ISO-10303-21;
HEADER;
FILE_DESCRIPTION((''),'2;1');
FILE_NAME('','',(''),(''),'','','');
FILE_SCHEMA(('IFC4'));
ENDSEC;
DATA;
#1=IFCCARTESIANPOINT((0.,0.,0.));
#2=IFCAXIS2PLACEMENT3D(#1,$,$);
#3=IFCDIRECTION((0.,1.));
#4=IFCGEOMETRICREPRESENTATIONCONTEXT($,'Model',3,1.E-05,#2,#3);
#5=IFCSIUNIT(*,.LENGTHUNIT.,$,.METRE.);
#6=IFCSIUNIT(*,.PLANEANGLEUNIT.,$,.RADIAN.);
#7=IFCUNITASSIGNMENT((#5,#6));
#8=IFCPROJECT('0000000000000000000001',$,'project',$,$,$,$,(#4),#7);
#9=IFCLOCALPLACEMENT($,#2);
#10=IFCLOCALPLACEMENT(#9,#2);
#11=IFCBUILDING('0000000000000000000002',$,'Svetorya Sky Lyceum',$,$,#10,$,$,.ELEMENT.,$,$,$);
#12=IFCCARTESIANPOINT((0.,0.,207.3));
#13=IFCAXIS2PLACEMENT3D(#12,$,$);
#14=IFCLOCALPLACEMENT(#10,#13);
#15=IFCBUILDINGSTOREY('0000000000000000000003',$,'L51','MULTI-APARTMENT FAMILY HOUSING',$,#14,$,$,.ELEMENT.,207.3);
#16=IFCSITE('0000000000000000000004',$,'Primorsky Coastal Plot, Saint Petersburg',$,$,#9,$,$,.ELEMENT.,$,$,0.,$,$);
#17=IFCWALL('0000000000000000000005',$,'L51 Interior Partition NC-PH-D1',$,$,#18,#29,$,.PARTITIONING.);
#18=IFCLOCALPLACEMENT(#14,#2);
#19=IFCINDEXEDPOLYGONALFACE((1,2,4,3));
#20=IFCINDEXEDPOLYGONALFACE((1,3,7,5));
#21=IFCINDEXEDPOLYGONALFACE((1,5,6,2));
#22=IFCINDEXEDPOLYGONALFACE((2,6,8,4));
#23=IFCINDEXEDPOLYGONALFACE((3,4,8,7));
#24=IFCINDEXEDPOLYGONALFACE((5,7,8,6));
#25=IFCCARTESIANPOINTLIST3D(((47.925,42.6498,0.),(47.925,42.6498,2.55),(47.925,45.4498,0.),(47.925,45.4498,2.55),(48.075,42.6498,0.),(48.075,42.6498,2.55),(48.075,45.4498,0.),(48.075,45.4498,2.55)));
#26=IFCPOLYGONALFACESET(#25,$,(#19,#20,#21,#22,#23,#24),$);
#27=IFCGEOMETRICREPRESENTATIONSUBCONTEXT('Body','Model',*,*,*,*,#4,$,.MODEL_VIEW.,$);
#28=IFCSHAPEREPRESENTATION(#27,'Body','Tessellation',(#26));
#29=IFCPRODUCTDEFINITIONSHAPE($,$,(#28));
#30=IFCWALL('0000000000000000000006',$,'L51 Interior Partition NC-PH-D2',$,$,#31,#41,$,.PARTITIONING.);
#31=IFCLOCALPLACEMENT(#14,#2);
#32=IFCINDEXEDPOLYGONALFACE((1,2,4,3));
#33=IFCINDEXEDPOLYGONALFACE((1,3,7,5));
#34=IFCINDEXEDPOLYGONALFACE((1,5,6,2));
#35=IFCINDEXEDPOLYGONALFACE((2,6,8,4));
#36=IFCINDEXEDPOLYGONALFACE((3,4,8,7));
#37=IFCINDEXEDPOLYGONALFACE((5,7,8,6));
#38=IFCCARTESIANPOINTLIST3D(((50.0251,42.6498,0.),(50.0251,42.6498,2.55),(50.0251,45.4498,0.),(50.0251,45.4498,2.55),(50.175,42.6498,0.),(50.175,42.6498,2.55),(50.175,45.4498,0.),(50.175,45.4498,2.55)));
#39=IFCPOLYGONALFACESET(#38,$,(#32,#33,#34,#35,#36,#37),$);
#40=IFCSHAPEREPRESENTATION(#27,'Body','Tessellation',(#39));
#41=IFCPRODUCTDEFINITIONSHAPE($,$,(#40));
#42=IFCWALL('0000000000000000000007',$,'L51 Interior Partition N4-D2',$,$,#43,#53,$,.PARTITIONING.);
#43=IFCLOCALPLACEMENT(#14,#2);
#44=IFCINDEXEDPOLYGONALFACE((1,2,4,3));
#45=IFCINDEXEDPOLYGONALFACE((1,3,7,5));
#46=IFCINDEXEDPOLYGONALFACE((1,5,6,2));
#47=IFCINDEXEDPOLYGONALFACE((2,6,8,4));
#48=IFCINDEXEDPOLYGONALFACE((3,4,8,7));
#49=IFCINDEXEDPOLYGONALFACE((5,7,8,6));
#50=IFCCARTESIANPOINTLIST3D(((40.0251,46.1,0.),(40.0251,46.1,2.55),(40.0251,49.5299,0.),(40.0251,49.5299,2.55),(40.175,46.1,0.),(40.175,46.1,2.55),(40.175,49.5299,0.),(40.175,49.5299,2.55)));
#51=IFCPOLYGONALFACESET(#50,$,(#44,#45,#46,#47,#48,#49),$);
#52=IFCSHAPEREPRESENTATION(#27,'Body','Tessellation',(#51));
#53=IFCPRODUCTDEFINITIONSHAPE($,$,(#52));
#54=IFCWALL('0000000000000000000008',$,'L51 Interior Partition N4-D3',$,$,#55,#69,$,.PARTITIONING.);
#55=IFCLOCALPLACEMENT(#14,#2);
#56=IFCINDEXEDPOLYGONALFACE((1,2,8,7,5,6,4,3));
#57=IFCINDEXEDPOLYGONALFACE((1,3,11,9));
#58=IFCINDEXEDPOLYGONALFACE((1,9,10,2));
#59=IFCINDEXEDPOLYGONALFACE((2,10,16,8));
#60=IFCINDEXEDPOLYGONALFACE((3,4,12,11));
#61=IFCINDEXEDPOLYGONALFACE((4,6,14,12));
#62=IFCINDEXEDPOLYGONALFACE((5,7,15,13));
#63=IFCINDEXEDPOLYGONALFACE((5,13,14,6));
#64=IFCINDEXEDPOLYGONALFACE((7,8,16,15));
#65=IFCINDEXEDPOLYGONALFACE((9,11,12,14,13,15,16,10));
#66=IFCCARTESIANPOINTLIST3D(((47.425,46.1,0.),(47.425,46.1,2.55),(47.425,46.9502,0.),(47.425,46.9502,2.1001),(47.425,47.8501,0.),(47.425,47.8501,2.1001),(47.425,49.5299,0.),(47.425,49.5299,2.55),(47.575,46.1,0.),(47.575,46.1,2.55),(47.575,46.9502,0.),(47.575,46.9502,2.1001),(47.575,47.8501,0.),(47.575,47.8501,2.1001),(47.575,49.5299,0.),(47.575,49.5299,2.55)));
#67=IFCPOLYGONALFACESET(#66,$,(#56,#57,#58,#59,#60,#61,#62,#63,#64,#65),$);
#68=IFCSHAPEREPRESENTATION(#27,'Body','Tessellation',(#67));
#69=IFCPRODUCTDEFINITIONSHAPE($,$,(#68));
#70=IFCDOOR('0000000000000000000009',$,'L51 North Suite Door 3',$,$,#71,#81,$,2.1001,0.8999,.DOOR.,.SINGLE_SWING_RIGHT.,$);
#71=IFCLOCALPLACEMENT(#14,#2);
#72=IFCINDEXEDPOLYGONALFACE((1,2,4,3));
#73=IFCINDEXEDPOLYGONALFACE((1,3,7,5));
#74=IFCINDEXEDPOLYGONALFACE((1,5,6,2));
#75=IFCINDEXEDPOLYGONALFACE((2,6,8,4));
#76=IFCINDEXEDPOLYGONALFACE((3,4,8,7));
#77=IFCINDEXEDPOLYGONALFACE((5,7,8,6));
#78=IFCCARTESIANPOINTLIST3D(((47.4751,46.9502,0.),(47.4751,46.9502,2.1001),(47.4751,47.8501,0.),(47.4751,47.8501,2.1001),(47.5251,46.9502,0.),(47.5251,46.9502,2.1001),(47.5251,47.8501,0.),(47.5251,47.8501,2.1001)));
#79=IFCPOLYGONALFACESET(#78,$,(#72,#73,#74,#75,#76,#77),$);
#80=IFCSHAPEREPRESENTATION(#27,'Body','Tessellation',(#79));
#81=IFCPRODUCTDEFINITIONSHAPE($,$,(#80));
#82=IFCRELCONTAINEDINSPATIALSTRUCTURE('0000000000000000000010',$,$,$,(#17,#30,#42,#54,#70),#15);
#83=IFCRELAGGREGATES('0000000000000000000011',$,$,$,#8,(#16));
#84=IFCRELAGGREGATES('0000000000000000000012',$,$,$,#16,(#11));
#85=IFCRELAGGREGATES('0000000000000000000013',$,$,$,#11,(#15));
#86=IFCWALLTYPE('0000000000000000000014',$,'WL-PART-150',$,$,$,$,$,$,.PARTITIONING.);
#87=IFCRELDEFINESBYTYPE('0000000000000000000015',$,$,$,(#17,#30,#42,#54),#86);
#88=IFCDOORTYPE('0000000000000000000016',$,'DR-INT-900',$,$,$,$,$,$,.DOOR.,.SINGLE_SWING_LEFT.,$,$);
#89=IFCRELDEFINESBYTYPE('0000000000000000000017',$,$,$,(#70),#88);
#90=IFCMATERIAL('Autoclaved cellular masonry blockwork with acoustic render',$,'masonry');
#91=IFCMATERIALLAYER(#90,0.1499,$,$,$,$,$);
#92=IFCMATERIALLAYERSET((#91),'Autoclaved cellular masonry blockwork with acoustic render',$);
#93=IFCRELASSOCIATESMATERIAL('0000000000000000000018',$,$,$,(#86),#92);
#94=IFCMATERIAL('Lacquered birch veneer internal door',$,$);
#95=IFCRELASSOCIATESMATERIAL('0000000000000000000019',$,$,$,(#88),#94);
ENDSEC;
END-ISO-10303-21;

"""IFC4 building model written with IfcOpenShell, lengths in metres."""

from ifc_helpers import new_model, si_unit, direction, frame, frame_2d, origin, place, context, subcontext, project, spatial, rectangle, extrude, material, layer, layer_set, type_object, element, fill, save


model = new_model("IFC4")

# Units and contexts
model_context = context("Model", 3, precision=1e-05, world=origin(), true_north=direction((0.0, 1.0)))
body_context = subcontext(model_context, "Body", "Model", "MODEL_VIEW")
ifc_project = project(units=[si_unit("LENGTHUNIT", "METRE"), si_unit("PLANEANGLEUNIT", "RADIAN")], contexts=[model_context])

# Site, building, storey
site_placement = place(None, origin())
site = spatial("IfcSite", under=ifc_project, at=site_placement, Name="Primorsky Coastal Plot, Saint Petersburg", CompositionType="ELEMENT", RefElevation=0.0)
building_placement = place(site_placement, origin())
building = spatial("IfcBuilding", under=site, at=building_placement, Name="Svetorya Sky Lyceum", CompositionType="ELEMENT")
storey_placement = place(building_placement, frame((0.0, 0.0, 207.3)))
storey = spatial("IfcBuildingStorey", under=building, at=storey_placement, Name="L51", Description="MULTI-APARTMENT FAMILY HOUSING", CompositionType="ELEMENT", Elevation=207.3)

# Walls
ifc_material_1 = material(Name="Autoclaved cellular masonry blockwork with acoustic render", Category="masonry")
ifc_layer_1 = layer(ifc_material_1, 0.1499)
ifc_layer_set_1 = layer_set([ifc_layer_1], Name="Autoclaved cellular masonry blockwork with acoustic render")
wall_type_1 = type_object("IfcWallType", Name="WL-PART-150", PredefinedType="PARTITIONING", material=ifc_layer_set_1)
for number, where, z_axis, x_axis, name in (
    (1, (48.0, 42.6499, 0.0), (0.0, 0.0, 1.0), (0.0, 1.0, 0.0), "L51 Interior Partition NC-PH-D1"),
    (2, (50.1001, 42.6499, 0.0), (0.0, 0.0, 1.0), (0.0, 1.0, 0.0), "L51 Interior Partition NC-PH-D2"),
):
    element("IfcWall", number, at=place(storey_placement, frame(where, z_axis=z_axis, x_axis=x_axis)), inside=storey, type_object=wall_type_1, Name=name, PredefinedType="PARTITIONING", context=body_context, shape_type="SweptSolid", body=[
        extrude(rectangle(XDim=2.8, YDim=0.1499, at=frame_2d((1.3999, 0.0))), origin(), (0.0, 0.0, 1.0), 2.55),
    ])
wall_1_placement = place(storey_placement, frame((40.1001, 46.1001, 0.0), z_axis=(0.0, 0.0, 1.0), x_axis=(0.0, 1.0, 0.0)))
element("IfcWall", 3, at=wall_1_placement, inside=storey, type_object=wall_type_1, Name="L51 Interior Partition N4-D2", PredefinedType="PARTITIONING", context=body_context, shape_type="SweptSolid", body=[
    extrude(rectangle(XDim=3.4299, YDim=0.1499, at=frame_2d((1.7148, 0.0))), origin(), (0.0, 0.0, 1.0), 2.55),
])

# Wall, opening, door
wall_2_placement = place(storey_placement, frame((47.5, 46.1001, 0.0), z_axis=(0.0, 0.0, 1.0), x_axis=(0.0, 1.0, 0.0)))
wall_2 = element("IfcWall", 4, at=wall_2_placement, inside=storey, type_object=wall_type_1, Name="L51 Interior Partition N4-D3", PredefinedType="PARTITIONING", context=body_context, shape_type="SweptSolid", body=[
    extrude(rectangle(XDim=3.4299, YDim=0.1499, at=frame_2d((1.7148, 0.0))), origin(), (0.0, 0.0, 1.0), 2.55),
])
opening_1_placement = place(wall_2_placement, frame((0.8501, 0.0, 0.0)))
opening_1 = element("IfcOpeningElement", 5, at=opening_1_placement, cuts=wall_2, PredefinedType="OPENING", context=body_context, shape_type="SweptSolid", body=[
    extrude(rectangle(XDim=0.8999, YDim=2.1001, at=frame_2d((0.45, 1.05))), frame((0.0, 0.085, 0.0), z_axis=(0.0, -1.0, 0.0), x_axis=(1.0, 0.0, 0.0)), (0.0, 0.0, 1.0), 0.1699),
])
ifc_material_2 = material(Name="Lacquered birch veneer internal door")
door_type_1 = type_object("IfcDoorType", Name="DR-INT-900", OperationType="SINGLE_SWING_LEFT", PredefinedType="DOOR", material=ifc_material_2)
door_1_placement = place(opening_1_placement, origin())
door_1 = element("IfcDoor", 6, at=door_1_placement, inside=storey, type_object=door_type_1, Name="L51 North Suite Door 3", OperationType="SINGLE_SWING_RIGHT", OverallHeight=2.1001, OverallWidth=0.8999, PredefinedType="DOOR", context=body_context, shape_type="SweptSolid", body=[
    extrude(rectangle(XDim=0.8999, YDim=2.1001, at=frame_2d((0.45, 1.05))), frame((0.0, 0.0249, 0.0), z_axis=(0.0, -1.0, 0.0), x_axis=(1.0, 0.0, 0.0)), (0.0, 0.0, 1.0), 0.05),
])
fill(opening_1, door_1)

save(model, "model.ifc")
